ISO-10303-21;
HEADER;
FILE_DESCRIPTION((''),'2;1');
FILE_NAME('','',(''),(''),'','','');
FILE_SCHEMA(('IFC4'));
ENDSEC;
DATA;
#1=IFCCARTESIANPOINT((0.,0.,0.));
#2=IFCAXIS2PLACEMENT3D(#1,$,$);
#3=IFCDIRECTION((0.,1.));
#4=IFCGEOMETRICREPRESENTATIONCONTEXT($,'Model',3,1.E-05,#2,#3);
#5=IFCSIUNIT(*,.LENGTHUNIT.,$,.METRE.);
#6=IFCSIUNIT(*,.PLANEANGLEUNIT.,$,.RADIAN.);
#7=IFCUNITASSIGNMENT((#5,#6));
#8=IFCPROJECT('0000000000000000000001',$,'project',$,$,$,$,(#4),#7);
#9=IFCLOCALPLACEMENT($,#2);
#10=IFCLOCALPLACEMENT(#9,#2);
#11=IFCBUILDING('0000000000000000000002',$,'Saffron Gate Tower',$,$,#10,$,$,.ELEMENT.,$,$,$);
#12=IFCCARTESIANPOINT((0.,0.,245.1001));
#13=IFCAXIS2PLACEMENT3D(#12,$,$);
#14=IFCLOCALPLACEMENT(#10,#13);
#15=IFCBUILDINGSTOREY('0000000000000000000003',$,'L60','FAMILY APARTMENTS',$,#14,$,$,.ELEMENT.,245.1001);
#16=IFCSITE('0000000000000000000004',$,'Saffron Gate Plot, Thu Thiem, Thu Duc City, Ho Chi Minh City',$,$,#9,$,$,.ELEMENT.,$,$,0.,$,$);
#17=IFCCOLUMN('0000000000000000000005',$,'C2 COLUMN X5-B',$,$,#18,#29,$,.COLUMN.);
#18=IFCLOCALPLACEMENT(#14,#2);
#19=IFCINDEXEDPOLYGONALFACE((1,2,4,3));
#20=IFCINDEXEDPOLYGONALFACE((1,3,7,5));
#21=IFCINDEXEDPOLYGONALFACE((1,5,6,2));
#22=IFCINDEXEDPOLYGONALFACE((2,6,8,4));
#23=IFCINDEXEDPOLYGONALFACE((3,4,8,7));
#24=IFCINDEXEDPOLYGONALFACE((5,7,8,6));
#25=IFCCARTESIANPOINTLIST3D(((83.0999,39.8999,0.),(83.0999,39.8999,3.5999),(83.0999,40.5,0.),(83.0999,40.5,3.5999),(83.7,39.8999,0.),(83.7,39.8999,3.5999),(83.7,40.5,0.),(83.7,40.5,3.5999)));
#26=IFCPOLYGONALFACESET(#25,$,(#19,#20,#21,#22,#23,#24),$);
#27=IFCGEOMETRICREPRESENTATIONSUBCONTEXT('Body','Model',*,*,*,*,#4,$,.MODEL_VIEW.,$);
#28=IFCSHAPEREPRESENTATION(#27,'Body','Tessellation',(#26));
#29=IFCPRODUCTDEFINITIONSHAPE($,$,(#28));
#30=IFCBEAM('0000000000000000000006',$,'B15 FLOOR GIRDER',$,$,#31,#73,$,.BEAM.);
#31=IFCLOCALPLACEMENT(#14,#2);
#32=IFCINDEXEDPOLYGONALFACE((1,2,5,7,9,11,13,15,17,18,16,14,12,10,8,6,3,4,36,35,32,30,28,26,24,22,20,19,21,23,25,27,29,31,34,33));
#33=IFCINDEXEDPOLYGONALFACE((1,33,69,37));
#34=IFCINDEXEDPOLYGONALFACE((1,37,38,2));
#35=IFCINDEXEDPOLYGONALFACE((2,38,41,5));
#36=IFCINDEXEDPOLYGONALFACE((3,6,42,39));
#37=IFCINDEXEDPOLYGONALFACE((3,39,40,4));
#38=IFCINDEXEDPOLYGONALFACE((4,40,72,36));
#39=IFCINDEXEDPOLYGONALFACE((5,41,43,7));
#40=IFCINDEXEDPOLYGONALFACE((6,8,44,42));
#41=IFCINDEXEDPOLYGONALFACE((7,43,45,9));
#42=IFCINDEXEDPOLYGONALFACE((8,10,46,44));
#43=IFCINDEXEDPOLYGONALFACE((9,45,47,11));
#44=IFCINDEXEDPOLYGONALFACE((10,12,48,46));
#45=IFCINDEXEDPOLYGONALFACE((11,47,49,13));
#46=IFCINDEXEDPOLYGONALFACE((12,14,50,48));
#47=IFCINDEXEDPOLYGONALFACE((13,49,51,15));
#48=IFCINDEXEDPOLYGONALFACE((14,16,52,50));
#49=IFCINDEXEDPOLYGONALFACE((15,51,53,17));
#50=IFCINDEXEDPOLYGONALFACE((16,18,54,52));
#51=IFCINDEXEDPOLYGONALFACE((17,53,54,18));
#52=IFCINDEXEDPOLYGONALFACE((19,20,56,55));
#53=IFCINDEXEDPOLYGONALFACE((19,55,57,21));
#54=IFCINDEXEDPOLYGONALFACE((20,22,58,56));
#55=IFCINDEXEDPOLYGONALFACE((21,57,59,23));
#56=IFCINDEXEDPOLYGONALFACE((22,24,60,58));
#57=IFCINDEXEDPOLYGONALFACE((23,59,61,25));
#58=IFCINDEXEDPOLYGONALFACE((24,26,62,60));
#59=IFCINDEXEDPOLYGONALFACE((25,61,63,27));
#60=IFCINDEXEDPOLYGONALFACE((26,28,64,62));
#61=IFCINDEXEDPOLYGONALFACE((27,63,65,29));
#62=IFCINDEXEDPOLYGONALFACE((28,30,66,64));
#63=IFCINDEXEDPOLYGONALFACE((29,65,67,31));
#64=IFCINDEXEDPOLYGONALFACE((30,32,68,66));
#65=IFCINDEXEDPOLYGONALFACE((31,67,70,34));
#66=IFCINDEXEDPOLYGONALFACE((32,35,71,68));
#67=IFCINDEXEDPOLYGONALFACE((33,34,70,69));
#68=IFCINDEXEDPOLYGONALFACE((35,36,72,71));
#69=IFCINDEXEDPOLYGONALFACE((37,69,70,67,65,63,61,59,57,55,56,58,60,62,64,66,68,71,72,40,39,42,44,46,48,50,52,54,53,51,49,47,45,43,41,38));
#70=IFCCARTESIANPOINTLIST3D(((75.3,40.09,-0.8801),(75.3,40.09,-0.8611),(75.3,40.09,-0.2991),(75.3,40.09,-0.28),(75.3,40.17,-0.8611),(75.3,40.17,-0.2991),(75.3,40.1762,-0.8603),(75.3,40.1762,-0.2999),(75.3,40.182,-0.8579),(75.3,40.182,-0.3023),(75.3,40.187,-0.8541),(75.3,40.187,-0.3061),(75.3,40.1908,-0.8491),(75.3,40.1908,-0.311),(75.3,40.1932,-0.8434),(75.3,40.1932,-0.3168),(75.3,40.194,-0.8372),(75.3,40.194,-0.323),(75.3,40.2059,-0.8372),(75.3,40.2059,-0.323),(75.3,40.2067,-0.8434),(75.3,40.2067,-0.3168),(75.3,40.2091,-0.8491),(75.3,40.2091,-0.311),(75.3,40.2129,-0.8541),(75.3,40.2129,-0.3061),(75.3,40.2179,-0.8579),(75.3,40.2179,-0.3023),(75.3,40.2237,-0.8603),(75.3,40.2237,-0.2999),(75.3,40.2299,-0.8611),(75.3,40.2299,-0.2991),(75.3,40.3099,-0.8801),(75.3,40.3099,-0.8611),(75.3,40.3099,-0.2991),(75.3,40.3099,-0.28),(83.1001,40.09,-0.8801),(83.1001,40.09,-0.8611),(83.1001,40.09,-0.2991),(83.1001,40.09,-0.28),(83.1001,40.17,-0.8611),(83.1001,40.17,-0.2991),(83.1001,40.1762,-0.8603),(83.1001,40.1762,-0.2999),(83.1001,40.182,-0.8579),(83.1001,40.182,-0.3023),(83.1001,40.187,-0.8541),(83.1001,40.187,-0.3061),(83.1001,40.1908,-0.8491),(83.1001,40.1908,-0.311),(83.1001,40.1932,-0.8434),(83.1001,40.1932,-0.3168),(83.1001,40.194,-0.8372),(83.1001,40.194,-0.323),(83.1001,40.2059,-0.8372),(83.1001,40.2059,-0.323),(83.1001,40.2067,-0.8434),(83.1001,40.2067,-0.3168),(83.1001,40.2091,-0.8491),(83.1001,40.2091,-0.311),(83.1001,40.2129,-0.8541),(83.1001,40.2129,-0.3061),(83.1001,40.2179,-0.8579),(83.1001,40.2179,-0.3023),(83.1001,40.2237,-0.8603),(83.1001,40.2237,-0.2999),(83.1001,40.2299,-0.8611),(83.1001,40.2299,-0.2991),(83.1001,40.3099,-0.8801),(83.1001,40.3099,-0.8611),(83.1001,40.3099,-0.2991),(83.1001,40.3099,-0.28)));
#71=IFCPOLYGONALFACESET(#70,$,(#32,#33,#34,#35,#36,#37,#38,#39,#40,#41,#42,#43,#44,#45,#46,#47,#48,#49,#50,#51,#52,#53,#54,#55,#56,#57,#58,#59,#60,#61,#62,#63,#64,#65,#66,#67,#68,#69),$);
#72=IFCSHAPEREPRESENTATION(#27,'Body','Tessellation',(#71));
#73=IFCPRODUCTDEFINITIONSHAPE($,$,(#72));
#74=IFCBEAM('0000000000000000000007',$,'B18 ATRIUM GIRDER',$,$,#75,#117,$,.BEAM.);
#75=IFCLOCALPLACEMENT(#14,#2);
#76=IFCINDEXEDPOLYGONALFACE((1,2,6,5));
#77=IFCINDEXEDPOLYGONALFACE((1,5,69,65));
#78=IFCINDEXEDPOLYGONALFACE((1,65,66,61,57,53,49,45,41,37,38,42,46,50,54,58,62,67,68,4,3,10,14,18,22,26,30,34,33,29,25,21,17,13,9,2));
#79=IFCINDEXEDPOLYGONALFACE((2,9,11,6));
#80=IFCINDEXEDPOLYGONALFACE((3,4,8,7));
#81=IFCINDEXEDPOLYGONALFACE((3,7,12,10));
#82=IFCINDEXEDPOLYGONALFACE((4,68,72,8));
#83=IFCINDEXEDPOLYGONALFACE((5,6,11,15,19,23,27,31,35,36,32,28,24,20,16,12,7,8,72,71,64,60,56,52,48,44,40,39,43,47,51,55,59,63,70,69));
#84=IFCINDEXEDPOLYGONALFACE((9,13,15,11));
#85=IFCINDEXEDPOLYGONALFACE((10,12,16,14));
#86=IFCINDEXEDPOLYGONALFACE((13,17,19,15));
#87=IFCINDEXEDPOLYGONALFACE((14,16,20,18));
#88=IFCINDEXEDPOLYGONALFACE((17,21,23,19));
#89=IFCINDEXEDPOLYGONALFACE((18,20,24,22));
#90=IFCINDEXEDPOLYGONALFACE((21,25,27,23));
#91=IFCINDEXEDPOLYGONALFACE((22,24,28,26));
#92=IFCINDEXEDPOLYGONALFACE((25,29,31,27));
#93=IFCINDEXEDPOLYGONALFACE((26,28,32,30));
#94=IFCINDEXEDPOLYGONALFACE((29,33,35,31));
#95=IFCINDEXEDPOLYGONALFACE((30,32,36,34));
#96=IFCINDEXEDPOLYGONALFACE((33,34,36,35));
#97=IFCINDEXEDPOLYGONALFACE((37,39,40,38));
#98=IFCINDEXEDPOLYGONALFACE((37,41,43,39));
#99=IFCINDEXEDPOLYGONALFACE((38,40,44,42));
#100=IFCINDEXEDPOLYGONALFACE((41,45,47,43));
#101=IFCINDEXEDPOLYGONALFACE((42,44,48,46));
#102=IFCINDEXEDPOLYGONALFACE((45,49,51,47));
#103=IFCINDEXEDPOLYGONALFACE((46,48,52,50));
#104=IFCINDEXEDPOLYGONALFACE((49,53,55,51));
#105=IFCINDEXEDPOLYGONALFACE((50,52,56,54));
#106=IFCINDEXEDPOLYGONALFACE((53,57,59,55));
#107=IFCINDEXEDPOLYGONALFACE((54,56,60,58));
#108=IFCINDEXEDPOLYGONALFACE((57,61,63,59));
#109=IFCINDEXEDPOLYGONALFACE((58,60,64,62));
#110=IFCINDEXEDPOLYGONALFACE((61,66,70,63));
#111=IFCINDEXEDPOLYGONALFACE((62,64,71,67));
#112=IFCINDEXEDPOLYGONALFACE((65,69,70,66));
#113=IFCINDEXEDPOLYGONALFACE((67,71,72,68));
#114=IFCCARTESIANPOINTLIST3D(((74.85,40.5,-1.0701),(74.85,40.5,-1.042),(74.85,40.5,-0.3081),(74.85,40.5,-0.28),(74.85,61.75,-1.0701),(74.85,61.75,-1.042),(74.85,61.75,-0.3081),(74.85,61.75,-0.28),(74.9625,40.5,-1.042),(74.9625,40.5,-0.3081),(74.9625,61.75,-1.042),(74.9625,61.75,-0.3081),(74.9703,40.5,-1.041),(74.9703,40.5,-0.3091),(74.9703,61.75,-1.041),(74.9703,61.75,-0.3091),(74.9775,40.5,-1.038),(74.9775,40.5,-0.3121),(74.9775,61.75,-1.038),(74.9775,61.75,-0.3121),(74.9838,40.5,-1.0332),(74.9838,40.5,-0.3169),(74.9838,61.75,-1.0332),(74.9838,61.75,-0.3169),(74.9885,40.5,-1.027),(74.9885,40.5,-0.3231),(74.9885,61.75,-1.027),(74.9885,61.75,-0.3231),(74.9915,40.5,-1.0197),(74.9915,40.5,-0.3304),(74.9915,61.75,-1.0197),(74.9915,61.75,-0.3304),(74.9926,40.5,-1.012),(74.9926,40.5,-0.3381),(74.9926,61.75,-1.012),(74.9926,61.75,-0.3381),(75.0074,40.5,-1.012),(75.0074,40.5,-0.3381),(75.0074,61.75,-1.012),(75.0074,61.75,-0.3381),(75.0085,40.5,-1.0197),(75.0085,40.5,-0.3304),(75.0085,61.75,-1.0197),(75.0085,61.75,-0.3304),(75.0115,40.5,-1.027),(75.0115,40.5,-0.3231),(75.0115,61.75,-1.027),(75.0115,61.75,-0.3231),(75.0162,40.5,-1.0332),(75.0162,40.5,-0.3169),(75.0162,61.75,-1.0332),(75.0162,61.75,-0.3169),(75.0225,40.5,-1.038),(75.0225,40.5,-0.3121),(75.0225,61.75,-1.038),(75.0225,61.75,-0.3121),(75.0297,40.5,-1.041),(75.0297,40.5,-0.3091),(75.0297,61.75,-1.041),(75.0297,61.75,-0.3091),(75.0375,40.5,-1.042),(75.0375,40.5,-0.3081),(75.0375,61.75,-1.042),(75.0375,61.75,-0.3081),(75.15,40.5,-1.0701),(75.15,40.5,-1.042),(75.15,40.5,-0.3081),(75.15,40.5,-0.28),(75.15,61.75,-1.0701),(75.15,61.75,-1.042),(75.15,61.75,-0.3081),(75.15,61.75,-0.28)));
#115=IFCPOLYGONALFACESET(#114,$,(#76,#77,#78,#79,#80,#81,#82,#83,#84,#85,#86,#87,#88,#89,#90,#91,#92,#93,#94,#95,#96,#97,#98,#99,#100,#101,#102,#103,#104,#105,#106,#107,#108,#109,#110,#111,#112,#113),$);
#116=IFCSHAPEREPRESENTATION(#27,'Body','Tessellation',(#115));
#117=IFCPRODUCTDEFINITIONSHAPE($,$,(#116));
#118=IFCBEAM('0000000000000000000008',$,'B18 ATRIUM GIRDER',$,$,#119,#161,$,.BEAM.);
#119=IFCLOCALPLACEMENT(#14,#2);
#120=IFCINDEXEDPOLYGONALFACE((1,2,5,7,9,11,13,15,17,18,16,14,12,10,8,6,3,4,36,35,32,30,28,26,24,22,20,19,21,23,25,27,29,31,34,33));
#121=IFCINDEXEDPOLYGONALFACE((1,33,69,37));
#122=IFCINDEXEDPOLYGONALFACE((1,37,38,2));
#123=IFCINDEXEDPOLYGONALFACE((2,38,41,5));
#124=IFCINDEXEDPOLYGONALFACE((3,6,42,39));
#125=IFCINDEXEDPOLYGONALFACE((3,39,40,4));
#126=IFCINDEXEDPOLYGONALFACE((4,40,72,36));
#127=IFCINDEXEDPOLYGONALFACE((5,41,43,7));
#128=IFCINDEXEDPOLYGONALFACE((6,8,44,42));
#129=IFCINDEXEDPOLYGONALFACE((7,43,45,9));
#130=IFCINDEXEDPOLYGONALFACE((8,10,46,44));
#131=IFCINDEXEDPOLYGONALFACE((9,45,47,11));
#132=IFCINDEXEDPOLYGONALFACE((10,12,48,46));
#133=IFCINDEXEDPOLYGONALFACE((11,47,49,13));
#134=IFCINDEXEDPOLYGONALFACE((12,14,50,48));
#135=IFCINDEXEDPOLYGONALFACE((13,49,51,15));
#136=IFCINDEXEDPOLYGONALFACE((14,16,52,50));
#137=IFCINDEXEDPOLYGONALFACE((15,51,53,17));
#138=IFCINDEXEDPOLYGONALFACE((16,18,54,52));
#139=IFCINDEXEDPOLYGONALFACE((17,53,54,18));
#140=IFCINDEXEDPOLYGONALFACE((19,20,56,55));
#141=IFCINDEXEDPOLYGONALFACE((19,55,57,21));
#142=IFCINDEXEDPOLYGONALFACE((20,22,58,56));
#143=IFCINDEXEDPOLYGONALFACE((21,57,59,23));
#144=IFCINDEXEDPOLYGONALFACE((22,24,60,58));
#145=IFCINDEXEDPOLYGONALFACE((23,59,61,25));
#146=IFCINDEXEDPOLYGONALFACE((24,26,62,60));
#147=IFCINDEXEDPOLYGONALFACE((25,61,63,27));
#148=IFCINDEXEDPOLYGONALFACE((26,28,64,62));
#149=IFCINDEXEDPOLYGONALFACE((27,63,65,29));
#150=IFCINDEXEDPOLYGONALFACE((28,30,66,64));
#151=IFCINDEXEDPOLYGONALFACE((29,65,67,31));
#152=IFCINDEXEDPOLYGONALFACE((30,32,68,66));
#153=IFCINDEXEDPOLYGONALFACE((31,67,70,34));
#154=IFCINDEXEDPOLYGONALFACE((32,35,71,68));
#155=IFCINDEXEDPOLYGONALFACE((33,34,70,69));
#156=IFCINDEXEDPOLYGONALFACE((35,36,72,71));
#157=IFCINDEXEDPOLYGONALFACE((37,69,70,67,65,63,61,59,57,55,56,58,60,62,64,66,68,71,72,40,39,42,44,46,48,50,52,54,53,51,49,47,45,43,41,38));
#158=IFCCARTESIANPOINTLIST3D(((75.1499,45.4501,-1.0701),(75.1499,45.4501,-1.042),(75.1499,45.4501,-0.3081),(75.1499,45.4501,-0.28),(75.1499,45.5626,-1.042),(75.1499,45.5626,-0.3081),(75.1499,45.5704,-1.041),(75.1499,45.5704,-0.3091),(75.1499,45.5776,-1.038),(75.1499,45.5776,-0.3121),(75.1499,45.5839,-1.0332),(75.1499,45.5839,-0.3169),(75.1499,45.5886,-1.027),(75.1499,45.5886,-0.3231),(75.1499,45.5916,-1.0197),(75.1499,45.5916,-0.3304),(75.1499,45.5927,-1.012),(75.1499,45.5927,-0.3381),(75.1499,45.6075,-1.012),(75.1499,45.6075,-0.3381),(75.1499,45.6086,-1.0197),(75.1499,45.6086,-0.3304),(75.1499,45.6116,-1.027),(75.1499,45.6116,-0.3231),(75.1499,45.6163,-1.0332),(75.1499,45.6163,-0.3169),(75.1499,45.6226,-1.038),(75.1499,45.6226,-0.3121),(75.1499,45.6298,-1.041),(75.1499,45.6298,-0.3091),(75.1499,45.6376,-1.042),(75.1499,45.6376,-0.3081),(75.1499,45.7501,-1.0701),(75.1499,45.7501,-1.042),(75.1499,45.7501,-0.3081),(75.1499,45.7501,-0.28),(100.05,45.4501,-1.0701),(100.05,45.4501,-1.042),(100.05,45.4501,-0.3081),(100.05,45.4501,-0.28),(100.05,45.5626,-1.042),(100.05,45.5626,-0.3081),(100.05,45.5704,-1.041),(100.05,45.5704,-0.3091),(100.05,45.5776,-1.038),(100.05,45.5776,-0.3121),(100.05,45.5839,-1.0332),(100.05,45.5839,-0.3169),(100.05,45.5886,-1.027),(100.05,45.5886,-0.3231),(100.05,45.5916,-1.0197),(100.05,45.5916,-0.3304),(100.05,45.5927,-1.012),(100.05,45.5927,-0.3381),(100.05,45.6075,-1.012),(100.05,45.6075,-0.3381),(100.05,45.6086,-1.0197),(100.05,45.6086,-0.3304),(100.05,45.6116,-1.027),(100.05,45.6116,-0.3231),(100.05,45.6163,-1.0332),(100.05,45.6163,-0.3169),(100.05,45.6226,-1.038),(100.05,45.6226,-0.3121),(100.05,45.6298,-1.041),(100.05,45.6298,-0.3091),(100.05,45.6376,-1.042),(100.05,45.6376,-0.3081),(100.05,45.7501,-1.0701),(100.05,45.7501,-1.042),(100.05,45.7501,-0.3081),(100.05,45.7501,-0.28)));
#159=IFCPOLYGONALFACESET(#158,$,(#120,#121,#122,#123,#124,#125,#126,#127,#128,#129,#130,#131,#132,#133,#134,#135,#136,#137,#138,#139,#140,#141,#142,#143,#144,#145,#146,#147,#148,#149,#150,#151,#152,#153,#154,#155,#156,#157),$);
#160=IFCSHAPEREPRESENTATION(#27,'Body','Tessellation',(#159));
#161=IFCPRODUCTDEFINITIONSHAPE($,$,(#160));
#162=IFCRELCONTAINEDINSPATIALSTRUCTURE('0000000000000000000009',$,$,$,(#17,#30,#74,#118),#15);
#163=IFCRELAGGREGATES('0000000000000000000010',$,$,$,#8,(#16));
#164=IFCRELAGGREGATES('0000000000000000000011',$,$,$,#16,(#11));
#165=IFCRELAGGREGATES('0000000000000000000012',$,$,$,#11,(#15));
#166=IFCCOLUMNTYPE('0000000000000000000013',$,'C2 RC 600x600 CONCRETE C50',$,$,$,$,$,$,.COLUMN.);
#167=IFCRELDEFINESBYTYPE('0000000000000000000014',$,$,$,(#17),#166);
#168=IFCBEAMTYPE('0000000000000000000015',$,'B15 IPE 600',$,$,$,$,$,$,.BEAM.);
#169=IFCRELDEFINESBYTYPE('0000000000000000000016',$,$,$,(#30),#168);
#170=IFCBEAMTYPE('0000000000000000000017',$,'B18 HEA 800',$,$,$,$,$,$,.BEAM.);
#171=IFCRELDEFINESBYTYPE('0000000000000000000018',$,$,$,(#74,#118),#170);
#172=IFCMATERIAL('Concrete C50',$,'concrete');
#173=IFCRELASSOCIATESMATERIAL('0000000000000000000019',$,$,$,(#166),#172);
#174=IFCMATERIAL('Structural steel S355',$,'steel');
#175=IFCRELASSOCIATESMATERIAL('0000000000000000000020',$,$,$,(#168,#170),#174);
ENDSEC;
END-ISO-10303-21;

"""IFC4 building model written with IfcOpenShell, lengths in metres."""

from ifc_helpers import new_model, si_unit, direction, frame, origin, origin_2d, place, context, subcontext, project, spatial, rectangle, i_section, extrude, material, material_profile, profile_set, type_object, element, save


model = new_model("IFC4")

# Units and contexts
model_context = context("Model", 3, precision=1e-05, world=origin(), true_north=direction((0.0, 1.0)))
body_context = subcontext(model_context, "Body", "Model", "MODEL_VIEW")
ifc_project = project(units=[si_unit("LENGTHUNIT", "METRE"), si_unit("PLANEANGLEUNIT", "RADIAN")], contexts=[model_context])

# Site, building, storey
site_placement = place(None, origin())
site = spatial("IfcSite", under=ifc_project, at=site_placement, Name="Saffron Gate Plot, Thu Thiem, Thu Duc City, Ho Chi Minh City", CompositionType="ELEMENT", RefElevation=0.0)
building_placement = place(site_placement, origin())
building = spatial("IfcBuilding", under=site, at=building_placement, Name="Saffron Gate Tower", CompositionType="ELEMENT")
storey_placement = place(building_placement, frame((0.0, 0.0, 245.1001)))
storey = spatial("IfcBuildingStorey", under=building, at=storey_placement, Name="L60", Description="FAMILY APARTMENTS", CompositionType="ELEMENT", Elevation=245.1001)

# Column
ifc_material_1 = material(Name="Concrete C50", Category="concrete")
ifc_material_profile_1 = material_profile(ifc_material_1, rectangle(XDim=0.6001, YDim=0.6001, at=origin_2d()))
ifc_profile_set_1 = profile_set([ifc_material_profile_1], Name="Concrete C50")
column_type = type_object("IfcColumnType", Name="C2 RC 600x600 CONCRETE C50", PredefinedType="COLUMN", material=ifc_profile_set_1)
column_placement = place(storey_placement, frame((83.3999, 40.2, 0.0), z_axis=(0.0, 0.0, 1.0), x_axis=(1.0, 0.0, 0.0)))
element("IfcColumn", 1, at=column_placement, inside=storey, type_object=column_type, Name="C2 COLUMN X5-B", PredefinedType="COLUMN", context=body_context, shape_type="SweptSolid", body=[
    extrude(rectangle(XDim=0.6001, YDim=0.6001, at=origin_2d()), origin(), (0.0, 0.0, 1.0), 3.5999),
])

# Beams
ifc_material_2 = material(Name="Structural steel S355", Category="steel")
ifc_material_profile_2 = material_profile(ifc_material_2, i_section(OverallWidth=0.22, OverallDepth=0.6001, WebThickness=0.012, FlangeThickness=0.019, FilletRadius=0.0239, at=origin_2d()))
ifc_profile_set_2 = profile_set([ifc_material_profile_2], Name="Structural steel S355")
beam_type_1 = type_object("IfcBeamType", Name="B15 IPE 600", PredefinedType="BEAM", material=ifc_profile_set_2)
beam_1_placement = place(storey_placement, frame((75.3, 40.2, -0.5801), z_axis=(1.0, 0.0, 0.0), x_axis=(0.0, 1.0, 0.0)))
element("IfcBeam", 2, at=beam_1_placement, inside=storey, type_object=beam_type_1, Name="B15 FLOOR GIRDER", PredefinedType="BEAM", context=body_context, shape_type="SweptSolid", body=[
    extrude(i_section(OverallWidth=0.22, OverallDepth=0.6001, WebThickness=0.012, FlangeThickness=0.019, FilletRadius=0.0239, at=origin_2d()), origin(), (0.0, 0.0, 1.0), 7.8),
])
ifc_material_profile_3 = material_profile(ifc_material_2, i_section(OverallWidth=0.3, OverallDepth=0.79, WebThickness=0.0149, FlangeThickness=0.0281, FilletRadius=0.03, at=origin_2d()))
ifc_profile_set_3 = profile_set([ifc_material_profile_3], Name="Structural steel S355")
beam_type_2 = type_object("IfcBeamType", Name="B18 HEA 800", PredefinedType="BEAM", material=ifc_profile_set_3)
beam_2_placement = place(storey_placement, frame((75.0, 40.5, -0.675), z_axis=(0.0, 1.0, 0.0), x_axis=(-1.0, 0.0, 0.0)))
element("IfcBeam", 3, at=beam_2_placement, inside=storey, type_object=beam_type_2, Name="B18 ATRIUM GIRDER", PredefinedType="BEAM", context=body_context, shape_type="SweptSolid", body=[
    extrude(i_section(OverallWidth=0.3, OverallDepth=0.79, WebThickness=0.0149, FlangeThickness=0.0281, FilletRadius=0.03, at=origin_2d()), origin(), (0.0, 0.0, 1.0), 21.25),
])
beam_3_placement = place(storey_placement, frame((75.1499, 45.6001, -0.675), z_axis=(1.0, 0.0, 0.0), x_axis=(0.0, 1.0, 0.0)))
element("IfcBeam", 4, at=beam_3_placement, inside=storey, type_object=beam_type_2, Name="B18 ATRIUM GIRDER", PredefinedType="BEAM", context=body_context, shape_type="SweptSolid", body=[
    extrude(i_section(OverallWidth=0.3, OverallDepth=0.79, WebThickness=0.0149, FlangeThickness=0.0281, FilletRadius=0.03, at=origin_2d()), origin(), (0.0, 0.0, 1.0), 24.9001),
])

save(model, "model.ifc")
